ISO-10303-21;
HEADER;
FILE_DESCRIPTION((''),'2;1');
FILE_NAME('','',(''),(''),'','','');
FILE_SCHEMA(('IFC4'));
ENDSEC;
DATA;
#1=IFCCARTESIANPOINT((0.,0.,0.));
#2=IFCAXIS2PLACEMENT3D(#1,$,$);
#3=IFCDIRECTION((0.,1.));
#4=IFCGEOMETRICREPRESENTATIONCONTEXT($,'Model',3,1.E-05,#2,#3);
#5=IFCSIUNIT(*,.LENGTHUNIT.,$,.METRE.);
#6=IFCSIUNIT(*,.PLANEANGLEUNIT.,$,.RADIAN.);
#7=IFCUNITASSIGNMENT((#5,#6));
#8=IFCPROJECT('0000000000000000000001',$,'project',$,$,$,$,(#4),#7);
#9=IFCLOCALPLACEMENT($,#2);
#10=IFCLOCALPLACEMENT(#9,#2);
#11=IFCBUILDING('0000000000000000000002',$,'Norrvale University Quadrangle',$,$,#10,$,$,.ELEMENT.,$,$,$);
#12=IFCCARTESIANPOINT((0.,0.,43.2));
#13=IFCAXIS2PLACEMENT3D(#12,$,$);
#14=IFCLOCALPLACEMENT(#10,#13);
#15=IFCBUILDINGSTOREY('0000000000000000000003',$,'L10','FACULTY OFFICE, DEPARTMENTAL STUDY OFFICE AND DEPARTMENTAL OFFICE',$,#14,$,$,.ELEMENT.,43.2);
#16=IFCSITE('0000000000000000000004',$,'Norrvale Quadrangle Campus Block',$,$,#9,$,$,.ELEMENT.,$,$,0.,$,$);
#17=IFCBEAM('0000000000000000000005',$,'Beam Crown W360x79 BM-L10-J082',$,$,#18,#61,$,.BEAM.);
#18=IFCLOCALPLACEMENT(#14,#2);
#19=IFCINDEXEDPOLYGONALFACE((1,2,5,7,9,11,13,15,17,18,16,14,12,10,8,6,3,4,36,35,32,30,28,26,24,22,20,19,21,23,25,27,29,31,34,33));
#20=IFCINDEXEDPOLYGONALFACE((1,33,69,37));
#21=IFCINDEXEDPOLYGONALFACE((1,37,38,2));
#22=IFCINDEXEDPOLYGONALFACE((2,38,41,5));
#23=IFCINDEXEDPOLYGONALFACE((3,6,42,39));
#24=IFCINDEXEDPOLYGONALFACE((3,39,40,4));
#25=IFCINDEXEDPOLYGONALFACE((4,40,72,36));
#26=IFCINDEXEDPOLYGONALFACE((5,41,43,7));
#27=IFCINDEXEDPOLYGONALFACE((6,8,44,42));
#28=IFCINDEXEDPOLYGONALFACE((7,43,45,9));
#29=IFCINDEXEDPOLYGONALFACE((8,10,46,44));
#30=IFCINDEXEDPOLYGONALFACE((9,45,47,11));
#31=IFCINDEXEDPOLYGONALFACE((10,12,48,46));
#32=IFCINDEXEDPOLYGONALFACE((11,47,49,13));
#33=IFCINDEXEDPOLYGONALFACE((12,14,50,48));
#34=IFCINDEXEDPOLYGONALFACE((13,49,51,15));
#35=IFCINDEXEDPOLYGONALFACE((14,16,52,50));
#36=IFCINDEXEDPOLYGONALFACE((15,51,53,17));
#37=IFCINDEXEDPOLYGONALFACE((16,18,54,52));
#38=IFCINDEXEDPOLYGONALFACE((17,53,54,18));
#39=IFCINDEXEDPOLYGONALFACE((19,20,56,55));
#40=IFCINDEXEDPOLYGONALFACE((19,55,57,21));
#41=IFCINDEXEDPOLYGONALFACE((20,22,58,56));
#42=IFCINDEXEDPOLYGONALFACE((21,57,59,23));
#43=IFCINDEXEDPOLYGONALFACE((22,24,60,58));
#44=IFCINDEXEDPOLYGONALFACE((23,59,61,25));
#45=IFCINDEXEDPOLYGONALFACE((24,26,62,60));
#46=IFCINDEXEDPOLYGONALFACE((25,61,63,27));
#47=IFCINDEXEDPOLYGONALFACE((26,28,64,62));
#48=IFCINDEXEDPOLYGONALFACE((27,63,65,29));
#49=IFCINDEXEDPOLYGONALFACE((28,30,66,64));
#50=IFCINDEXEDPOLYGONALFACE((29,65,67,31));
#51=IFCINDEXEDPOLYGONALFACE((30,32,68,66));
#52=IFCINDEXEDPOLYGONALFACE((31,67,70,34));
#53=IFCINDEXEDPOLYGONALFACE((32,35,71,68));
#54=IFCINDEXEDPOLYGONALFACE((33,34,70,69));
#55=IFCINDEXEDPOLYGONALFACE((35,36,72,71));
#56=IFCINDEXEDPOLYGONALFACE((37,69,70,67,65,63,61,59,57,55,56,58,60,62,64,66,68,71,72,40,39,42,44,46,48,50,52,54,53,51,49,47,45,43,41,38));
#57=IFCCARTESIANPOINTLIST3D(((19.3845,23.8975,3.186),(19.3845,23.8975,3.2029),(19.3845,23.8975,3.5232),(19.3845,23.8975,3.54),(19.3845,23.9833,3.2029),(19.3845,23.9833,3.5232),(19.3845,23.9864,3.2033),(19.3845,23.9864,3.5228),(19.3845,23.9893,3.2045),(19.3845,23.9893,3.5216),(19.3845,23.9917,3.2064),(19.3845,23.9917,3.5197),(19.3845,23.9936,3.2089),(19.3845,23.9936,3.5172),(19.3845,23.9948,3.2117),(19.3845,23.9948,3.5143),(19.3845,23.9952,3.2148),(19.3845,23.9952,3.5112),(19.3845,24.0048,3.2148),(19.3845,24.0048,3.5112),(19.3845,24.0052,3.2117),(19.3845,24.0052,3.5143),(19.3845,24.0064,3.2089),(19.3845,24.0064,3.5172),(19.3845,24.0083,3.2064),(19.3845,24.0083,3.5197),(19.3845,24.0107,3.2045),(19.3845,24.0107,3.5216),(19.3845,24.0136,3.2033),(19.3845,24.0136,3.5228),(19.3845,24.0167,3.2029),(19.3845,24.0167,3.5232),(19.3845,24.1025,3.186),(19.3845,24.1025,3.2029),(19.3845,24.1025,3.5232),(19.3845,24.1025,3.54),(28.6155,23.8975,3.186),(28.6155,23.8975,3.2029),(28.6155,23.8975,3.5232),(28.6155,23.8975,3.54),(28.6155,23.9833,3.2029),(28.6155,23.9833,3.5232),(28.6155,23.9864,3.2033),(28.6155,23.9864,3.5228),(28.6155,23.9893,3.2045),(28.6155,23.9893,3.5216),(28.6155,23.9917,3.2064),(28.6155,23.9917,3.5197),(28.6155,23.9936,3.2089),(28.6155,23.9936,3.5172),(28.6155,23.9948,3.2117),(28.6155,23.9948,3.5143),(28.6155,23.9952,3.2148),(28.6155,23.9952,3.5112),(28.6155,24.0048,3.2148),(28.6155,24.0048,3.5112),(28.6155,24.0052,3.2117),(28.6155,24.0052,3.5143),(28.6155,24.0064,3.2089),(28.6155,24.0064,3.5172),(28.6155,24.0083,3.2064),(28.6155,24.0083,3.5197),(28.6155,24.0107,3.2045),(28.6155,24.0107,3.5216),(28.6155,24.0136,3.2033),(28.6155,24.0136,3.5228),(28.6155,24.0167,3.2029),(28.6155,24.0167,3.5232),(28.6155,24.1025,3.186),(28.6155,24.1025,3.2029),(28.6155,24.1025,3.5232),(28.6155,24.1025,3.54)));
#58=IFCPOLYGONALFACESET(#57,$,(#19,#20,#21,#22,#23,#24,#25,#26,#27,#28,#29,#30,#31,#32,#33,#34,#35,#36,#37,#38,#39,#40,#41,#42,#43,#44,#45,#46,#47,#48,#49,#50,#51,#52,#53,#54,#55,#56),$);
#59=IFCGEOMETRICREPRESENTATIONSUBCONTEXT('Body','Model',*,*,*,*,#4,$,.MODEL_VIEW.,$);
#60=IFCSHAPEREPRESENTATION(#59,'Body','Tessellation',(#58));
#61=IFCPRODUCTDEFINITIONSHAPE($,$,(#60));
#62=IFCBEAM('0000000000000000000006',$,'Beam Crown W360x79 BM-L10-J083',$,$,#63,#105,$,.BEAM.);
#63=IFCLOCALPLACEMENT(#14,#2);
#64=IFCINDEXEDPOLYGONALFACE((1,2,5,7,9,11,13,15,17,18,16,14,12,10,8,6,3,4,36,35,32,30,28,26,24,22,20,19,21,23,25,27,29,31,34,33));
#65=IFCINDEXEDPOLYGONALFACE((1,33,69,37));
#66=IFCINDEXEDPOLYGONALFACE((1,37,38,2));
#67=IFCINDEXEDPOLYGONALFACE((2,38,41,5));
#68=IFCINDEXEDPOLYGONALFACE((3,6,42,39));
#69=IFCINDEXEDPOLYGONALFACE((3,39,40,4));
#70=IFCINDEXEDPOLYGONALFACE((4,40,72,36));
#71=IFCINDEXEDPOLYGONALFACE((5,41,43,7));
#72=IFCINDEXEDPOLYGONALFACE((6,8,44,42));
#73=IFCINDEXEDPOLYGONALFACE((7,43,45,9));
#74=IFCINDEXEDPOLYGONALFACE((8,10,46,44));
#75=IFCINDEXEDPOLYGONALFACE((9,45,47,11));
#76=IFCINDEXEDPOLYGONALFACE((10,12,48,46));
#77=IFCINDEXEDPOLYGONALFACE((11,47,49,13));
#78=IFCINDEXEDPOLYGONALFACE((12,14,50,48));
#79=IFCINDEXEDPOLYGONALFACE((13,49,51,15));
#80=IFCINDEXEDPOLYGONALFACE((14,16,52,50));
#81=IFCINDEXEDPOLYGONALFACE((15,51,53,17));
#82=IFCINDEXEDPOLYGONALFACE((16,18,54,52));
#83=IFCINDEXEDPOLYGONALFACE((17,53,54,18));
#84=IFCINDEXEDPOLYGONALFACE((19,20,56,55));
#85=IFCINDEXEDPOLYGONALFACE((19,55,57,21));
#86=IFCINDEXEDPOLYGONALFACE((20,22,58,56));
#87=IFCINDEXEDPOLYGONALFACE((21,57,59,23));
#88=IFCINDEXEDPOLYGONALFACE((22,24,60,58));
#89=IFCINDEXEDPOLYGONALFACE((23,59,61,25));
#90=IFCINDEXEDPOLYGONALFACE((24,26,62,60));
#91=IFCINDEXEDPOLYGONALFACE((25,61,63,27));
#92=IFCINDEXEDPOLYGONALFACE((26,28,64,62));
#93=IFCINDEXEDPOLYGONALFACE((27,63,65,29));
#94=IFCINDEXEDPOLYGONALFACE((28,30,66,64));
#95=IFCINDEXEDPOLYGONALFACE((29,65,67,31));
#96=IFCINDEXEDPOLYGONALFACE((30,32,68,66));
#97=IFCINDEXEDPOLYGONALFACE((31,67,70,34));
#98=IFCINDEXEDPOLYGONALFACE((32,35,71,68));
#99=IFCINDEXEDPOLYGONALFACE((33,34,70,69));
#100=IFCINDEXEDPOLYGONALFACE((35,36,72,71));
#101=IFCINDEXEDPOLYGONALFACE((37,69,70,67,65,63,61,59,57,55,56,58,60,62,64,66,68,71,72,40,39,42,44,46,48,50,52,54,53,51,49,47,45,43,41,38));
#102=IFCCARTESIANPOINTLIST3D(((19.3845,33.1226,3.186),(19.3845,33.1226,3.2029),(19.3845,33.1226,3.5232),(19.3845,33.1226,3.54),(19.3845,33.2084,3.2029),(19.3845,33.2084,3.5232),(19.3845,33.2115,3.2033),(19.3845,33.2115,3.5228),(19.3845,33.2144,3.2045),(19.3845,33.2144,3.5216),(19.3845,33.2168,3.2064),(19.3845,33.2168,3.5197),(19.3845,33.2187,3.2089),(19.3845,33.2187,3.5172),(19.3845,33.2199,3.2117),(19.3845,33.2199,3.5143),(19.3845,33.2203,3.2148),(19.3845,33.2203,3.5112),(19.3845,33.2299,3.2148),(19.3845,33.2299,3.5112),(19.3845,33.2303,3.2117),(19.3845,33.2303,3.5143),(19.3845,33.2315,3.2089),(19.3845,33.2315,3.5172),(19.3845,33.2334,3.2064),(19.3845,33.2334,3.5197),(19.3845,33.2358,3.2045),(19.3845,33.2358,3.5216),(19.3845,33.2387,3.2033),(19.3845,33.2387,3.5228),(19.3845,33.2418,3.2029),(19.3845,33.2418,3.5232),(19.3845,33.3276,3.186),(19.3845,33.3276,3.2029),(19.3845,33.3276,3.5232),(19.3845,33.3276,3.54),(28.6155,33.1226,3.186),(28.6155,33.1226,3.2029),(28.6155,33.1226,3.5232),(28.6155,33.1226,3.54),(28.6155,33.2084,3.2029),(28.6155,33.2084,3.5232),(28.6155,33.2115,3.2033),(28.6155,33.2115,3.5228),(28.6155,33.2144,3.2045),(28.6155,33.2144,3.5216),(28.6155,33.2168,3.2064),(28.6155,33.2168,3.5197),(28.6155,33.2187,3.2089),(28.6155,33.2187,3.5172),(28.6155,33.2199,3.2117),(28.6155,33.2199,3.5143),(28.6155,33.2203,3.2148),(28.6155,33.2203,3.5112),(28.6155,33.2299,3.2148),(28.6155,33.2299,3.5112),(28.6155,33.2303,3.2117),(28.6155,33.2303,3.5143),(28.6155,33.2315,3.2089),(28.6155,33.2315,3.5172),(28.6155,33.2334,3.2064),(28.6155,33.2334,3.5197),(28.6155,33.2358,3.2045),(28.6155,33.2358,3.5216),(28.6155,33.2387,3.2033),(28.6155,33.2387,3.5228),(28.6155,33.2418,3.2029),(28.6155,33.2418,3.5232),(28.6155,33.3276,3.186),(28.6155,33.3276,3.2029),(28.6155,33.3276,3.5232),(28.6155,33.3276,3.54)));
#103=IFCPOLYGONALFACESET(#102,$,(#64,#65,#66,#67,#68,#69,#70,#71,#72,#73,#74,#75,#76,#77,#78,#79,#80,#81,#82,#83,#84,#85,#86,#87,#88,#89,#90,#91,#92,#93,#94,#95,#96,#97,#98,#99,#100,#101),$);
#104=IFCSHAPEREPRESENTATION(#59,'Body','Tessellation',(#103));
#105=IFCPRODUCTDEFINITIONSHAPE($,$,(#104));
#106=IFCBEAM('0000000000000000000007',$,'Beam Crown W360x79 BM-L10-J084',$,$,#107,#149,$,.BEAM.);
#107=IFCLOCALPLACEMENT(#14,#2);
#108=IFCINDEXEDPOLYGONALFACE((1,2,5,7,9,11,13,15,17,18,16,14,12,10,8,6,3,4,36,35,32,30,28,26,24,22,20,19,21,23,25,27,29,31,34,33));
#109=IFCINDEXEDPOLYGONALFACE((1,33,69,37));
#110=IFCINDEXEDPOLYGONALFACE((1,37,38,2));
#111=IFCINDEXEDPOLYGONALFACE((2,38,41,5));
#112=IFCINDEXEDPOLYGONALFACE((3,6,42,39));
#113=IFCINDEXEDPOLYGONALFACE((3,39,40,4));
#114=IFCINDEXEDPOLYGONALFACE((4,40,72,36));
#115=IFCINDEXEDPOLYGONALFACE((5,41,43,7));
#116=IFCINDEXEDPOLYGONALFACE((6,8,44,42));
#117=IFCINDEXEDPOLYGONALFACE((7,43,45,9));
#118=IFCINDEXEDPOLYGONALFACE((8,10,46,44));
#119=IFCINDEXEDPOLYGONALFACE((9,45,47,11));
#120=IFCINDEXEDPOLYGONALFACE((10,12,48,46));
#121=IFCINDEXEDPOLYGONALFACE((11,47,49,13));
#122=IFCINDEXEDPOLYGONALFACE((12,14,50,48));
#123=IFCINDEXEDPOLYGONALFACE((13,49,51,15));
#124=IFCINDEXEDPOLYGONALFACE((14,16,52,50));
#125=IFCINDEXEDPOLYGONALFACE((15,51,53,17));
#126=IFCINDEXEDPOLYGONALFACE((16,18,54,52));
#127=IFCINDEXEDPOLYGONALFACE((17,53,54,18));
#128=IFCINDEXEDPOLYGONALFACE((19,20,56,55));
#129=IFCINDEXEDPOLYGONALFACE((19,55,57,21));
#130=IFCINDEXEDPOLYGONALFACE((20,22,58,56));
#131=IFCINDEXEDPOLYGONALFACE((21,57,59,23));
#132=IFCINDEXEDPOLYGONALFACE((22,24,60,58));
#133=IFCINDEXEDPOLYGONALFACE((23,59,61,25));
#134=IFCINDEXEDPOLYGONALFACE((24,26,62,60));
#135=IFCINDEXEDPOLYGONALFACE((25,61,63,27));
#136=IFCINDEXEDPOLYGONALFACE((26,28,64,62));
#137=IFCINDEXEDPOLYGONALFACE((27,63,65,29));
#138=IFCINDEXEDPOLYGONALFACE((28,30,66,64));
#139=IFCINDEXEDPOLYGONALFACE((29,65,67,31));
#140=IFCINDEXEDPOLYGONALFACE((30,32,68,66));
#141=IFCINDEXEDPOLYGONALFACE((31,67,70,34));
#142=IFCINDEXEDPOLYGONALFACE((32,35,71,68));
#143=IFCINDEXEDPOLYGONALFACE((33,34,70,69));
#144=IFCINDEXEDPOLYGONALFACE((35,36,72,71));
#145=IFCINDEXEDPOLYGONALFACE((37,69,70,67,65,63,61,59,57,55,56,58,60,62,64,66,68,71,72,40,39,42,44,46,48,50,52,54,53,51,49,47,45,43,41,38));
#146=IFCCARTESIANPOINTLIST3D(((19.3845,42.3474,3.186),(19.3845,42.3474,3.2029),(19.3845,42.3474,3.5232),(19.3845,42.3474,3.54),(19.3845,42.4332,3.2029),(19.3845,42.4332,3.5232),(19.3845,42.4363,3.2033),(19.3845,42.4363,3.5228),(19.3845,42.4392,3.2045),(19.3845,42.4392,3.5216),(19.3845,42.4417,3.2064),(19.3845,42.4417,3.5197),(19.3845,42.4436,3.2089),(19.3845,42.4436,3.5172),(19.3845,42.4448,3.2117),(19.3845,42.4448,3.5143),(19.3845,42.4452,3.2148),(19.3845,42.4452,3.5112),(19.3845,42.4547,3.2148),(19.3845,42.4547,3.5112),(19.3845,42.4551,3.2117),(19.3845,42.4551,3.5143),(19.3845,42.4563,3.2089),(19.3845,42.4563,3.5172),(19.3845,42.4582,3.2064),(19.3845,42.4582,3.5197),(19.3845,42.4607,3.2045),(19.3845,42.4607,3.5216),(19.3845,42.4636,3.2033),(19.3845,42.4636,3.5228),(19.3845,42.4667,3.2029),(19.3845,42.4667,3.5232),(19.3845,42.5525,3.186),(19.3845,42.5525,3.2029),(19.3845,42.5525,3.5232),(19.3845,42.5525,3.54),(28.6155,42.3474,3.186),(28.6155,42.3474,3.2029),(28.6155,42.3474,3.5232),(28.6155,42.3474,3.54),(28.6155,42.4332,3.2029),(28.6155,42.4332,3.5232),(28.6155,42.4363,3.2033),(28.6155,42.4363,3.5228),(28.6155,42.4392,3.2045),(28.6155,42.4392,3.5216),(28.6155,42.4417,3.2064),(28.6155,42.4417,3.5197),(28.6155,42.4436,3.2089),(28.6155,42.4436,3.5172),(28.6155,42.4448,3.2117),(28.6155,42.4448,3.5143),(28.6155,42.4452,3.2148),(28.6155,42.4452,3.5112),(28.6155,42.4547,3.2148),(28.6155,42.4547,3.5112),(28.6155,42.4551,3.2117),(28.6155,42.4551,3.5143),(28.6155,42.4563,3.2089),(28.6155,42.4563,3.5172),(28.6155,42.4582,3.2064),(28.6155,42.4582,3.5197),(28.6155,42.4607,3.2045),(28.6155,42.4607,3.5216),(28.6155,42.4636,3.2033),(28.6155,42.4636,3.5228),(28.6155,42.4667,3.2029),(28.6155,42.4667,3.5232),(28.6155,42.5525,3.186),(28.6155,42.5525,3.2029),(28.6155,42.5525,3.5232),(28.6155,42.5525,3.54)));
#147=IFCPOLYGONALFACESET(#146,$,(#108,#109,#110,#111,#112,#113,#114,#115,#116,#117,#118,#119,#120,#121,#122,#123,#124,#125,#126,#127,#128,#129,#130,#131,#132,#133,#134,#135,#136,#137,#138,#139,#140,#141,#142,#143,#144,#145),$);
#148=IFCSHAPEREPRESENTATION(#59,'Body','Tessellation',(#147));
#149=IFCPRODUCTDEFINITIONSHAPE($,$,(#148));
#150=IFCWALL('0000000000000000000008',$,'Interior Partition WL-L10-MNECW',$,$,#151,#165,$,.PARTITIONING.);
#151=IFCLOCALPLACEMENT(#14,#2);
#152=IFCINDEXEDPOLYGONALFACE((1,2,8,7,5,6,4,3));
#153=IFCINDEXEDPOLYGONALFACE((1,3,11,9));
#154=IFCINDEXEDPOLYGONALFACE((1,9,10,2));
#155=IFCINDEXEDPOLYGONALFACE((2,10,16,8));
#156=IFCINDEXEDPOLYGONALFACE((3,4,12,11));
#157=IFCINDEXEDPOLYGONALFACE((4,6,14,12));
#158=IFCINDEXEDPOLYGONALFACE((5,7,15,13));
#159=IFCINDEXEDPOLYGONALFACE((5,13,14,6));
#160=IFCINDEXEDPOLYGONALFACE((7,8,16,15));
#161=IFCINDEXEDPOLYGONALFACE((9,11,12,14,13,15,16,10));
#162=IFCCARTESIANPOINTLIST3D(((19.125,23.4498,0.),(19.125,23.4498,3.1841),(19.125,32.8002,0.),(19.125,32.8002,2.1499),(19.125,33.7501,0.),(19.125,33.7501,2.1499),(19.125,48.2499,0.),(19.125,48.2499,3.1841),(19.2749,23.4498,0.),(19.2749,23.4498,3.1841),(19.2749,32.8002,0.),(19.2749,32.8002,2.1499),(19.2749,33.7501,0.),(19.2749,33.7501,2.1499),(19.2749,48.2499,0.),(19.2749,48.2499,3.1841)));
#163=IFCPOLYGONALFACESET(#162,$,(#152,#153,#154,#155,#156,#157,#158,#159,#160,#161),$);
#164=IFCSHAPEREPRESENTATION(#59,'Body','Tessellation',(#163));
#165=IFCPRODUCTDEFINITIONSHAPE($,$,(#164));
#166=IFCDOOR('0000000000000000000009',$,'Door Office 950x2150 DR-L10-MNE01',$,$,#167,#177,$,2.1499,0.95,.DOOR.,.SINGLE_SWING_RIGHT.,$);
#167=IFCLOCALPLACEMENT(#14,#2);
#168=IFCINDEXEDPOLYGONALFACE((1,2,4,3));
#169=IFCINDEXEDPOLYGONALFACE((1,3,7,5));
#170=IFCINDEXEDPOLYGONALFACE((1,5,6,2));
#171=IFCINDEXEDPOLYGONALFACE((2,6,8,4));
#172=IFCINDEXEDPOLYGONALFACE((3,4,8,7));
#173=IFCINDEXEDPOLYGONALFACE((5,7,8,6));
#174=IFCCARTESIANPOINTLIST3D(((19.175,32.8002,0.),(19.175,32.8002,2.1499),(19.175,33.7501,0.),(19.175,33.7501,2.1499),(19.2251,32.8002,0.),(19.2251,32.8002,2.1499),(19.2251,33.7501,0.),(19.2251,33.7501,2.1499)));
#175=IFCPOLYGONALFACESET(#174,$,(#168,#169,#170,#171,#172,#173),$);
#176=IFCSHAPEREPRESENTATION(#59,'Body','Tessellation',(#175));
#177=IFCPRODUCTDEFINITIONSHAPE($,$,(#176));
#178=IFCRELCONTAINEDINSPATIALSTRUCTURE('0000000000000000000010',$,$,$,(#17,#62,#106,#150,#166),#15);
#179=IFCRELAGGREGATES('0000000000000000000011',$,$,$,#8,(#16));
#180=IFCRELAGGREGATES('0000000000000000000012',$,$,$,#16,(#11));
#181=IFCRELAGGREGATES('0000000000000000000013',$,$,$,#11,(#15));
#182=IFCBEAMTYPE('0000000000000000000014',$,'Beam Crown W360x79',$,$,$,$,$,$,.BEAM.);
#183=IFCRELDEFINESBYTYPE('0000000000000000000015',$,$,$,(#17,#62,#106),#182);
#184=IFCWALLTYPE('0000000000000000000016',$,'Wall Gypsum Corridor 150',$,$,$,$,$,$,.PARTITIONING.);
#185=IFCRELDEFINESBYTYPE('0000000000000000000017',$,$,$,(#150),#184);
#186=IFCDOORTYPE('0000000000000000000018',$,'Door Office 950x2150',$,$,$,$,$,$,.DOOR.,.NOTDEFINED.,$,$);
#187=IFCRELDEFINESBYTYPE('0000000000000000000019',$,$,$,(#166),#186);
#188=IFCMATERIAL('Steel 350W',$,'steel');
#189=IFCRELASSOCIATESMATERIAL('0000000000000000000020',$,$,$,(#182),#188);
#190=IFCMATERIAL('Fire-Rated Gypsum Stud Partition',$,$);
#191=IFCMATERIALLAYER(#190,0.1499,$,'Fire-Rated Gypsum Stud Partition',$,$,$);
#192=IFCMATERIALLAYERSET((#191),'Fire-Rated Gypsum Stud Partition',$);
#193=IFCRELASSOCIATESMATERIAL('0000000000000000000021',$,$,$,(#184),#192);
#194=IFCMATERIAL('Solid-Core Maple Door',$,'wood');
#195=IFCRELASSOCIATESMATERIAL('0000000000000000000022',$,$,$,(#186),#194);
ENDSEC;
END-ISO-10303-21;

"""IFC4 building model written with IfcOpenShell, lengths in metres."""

from ifc_helpers import new_model, si_unit, direction, frame, frame_2d, origin, origin_2d, place, context, subcontext, project, spatial, rectangle, i_section, extrude, material, layer, layer_set, material_profile, profile_set, type_object, element, fill, save


model = new_model("IFC4")

# Units and contexts
model_context = context("Model", 3, precision=1e-05, world=origin(), true_north=direction((0.0, 1.0)))
body_context = subcontext(model_context, "Body", "Model", "MODEL_VIEW")
ifc_project = project(units=[si_unit("LENGTHUNIT", "METRE"), si_unit("PLANEANGLEUNIT", "RADIAN")], contexts=[model_context])

# Site, building, storey
site_placement = place(None, origin())
site = spatial("IfcSite", under=ifc_project, at=site_placement, Name="Norrvale Quadrangle Campus Block", CompositionType="ELEMENT", RefElevation=0.0)
building_placement = place(site_placement, origin())
building = spatial("IfcBuilding", under=site, at=building_placement, Name="Norrvale University Quadrangle", CompositionType="ELEMENT")
storey_placement = place(building_placement, frame((0.0, 0.0, 43.2)))
storey = spatial("IfcBuildingStorey", under=building, at=storey_placement, Name="L10", Description="FACULTY OFFICE, DEPARTMENTAL STUDY OFFICE AND DEPARTMENTAL OFFICE", CompositionType="ELEMENT", Elevation=43.2)

# Beams
ifc_material_1 = material(Name="Steel 350W", Category="steel")
ifc_material_profile_1 = material_profile(ifc_material_1, i_section(OverallWidth=0.2051, OverallDepth=0.354, WebThickness=0.0095, FlangeThickness=0.0168, FilletRadius=0.012, at=origin_2d()), Name="Steel 350W")
ifc_profile_set_1 = profile_set([ifc_material_profile_1], Name="Steel 350W")
beam_type_1 = type_object("IfcBeamType", Name="Beam Crown W360x79", PredefinedType="BEAM", material=ifc_profile_set_1)
for number, where, z_axis, x_axis, name in (
    (1, (19.3845, 24.0, 3.363), (1.0, 0.0, 0.0), (0.0, 1.0, 0.0), "Beam Crown W360x79 BM-L10-J082"),
    (2, (19.3845, 33.2251, 3.363), (1.0, 0.0, 0.0), (0.0, 1.0, 0.0), "Beam Crown W360x79 BM-L10-J083"),
    (3, (19.3845, 42.45, 3.363), (1.0, 0.0, 0.0), (0.0, 1.0, 0.0), "Beam Crown W360x79 BM-L10-J084"),
):
    element("IfcBeam", number, at=place(storey_placement, frame(where, z_axis=z_axis, x_axis=x_axis)), inside=storey, type_object=beam_type_1, Name=name, PredefinedType="BEAM", context=body_context, shape_type="SweptSolid", body=[
        extrude(i_section(OverallWidth=0.2051, OverallDepth=0.354, WebThickness=0.0095, FlangeThickness=0.0168, FilletRadius=0.012, at=origin_2d()), origin(), (0.0, 0.0, 1.0), 9.231),
    ])

# Wall, opening, door
ifc_material_2 = material(Name="Fire-Rated Gypsum Stud Partition")
ifc_layer_1 = layer(ifc_material_2, 0.1499, Name="Fire-Rated Gypsum Stud Partition")
ifc_layer_set_1 = layer_set([ifc_layer_1], Name="Fire-Rated Gypsum Stud Partition")
wall_type_1 = type_object("IfcWallType", Name="Wall Gypsum Corridor 150", PredefinedType="PARTITIONING", material=ifc_layer_set_1)
wall_1_placement = place(storey_placement, frame((19.2, 23.45, 0.0), z_axis=(0.0, 0.0, 1.0), x_axis=(0.0, 1.0, 0.0)))
wall_1 = element("IfcWall", 4, at=wall_1_placement, inside=storey, type_object=wall_type_1, Name="Interior Partition WL-L10-MNECW", PredefinedType="PARTITIONING", context=body_context, shape_type="SweptSolid", body=[
    extrude(rectangle(XDim=24.8, YDim=0.1499, at=frame_2d((12.3999, 0.0))), origin(), (0.0, 0.0, 1.0), 3.1841),
])
opening_1_placement = place(wall_1_placement, frame((9.3501, 0.0, 0.0)))
opening_1 = element("IfcOpeningElement", 5, at=opening_1_placement, cuts=wall_1, PredefinedType="OPENING", context=body_context, shape_type="SweptSolid", body=[
    extrude(rectangle(XDim=0.95, YDim=2.1499, at=frame_2d((0.4751, 1.075))), frame((0.0, 0.0869, 0.0), z_axis=(0.0, -1.0, 0.0), x_axis=(1.0, 0.0, 0.0)), (0.0, 0.0, 1.0), 0.1738),
])
ifc_material_3 = material(Name="Solid-Core Maple Door", Category="wood")
door_type_1 = type_object("IfcDoorType", Name="Door Office 950x2150", OperationType="NOTDEFINED", PredefinedType="DOOR", material=ifc_material_3)
door_1_placement = place(opening_1_placement, origin())
door_1 = element("IfcDoor", 6, at=door_1_placement, inside=storey, type_object=door_type_1, Name="Door Office 950x2150 DR-L10-MNE01", OperationType="SINGLE_SWING_RIGHT", OverallHeight=2.1499, OverallWidth=0.95, PredefinedType="DOOR", context=body_context, shape_type="SweptSolid", body=[
    extrude(rectangle(XDim=0.95, YDim=2.1499, at=frame_2d((0.4751, 1.075))), frame((0.0, 0.0249, 0.0), z_axis=(0.0, -1.0, 0.0), x_axis=(1.0, 0.0, 0.0)), (0.0, 0.0, 1.0), 0.05),
])
fill(opening_1, door_1)

save(model, "model.ifc")
